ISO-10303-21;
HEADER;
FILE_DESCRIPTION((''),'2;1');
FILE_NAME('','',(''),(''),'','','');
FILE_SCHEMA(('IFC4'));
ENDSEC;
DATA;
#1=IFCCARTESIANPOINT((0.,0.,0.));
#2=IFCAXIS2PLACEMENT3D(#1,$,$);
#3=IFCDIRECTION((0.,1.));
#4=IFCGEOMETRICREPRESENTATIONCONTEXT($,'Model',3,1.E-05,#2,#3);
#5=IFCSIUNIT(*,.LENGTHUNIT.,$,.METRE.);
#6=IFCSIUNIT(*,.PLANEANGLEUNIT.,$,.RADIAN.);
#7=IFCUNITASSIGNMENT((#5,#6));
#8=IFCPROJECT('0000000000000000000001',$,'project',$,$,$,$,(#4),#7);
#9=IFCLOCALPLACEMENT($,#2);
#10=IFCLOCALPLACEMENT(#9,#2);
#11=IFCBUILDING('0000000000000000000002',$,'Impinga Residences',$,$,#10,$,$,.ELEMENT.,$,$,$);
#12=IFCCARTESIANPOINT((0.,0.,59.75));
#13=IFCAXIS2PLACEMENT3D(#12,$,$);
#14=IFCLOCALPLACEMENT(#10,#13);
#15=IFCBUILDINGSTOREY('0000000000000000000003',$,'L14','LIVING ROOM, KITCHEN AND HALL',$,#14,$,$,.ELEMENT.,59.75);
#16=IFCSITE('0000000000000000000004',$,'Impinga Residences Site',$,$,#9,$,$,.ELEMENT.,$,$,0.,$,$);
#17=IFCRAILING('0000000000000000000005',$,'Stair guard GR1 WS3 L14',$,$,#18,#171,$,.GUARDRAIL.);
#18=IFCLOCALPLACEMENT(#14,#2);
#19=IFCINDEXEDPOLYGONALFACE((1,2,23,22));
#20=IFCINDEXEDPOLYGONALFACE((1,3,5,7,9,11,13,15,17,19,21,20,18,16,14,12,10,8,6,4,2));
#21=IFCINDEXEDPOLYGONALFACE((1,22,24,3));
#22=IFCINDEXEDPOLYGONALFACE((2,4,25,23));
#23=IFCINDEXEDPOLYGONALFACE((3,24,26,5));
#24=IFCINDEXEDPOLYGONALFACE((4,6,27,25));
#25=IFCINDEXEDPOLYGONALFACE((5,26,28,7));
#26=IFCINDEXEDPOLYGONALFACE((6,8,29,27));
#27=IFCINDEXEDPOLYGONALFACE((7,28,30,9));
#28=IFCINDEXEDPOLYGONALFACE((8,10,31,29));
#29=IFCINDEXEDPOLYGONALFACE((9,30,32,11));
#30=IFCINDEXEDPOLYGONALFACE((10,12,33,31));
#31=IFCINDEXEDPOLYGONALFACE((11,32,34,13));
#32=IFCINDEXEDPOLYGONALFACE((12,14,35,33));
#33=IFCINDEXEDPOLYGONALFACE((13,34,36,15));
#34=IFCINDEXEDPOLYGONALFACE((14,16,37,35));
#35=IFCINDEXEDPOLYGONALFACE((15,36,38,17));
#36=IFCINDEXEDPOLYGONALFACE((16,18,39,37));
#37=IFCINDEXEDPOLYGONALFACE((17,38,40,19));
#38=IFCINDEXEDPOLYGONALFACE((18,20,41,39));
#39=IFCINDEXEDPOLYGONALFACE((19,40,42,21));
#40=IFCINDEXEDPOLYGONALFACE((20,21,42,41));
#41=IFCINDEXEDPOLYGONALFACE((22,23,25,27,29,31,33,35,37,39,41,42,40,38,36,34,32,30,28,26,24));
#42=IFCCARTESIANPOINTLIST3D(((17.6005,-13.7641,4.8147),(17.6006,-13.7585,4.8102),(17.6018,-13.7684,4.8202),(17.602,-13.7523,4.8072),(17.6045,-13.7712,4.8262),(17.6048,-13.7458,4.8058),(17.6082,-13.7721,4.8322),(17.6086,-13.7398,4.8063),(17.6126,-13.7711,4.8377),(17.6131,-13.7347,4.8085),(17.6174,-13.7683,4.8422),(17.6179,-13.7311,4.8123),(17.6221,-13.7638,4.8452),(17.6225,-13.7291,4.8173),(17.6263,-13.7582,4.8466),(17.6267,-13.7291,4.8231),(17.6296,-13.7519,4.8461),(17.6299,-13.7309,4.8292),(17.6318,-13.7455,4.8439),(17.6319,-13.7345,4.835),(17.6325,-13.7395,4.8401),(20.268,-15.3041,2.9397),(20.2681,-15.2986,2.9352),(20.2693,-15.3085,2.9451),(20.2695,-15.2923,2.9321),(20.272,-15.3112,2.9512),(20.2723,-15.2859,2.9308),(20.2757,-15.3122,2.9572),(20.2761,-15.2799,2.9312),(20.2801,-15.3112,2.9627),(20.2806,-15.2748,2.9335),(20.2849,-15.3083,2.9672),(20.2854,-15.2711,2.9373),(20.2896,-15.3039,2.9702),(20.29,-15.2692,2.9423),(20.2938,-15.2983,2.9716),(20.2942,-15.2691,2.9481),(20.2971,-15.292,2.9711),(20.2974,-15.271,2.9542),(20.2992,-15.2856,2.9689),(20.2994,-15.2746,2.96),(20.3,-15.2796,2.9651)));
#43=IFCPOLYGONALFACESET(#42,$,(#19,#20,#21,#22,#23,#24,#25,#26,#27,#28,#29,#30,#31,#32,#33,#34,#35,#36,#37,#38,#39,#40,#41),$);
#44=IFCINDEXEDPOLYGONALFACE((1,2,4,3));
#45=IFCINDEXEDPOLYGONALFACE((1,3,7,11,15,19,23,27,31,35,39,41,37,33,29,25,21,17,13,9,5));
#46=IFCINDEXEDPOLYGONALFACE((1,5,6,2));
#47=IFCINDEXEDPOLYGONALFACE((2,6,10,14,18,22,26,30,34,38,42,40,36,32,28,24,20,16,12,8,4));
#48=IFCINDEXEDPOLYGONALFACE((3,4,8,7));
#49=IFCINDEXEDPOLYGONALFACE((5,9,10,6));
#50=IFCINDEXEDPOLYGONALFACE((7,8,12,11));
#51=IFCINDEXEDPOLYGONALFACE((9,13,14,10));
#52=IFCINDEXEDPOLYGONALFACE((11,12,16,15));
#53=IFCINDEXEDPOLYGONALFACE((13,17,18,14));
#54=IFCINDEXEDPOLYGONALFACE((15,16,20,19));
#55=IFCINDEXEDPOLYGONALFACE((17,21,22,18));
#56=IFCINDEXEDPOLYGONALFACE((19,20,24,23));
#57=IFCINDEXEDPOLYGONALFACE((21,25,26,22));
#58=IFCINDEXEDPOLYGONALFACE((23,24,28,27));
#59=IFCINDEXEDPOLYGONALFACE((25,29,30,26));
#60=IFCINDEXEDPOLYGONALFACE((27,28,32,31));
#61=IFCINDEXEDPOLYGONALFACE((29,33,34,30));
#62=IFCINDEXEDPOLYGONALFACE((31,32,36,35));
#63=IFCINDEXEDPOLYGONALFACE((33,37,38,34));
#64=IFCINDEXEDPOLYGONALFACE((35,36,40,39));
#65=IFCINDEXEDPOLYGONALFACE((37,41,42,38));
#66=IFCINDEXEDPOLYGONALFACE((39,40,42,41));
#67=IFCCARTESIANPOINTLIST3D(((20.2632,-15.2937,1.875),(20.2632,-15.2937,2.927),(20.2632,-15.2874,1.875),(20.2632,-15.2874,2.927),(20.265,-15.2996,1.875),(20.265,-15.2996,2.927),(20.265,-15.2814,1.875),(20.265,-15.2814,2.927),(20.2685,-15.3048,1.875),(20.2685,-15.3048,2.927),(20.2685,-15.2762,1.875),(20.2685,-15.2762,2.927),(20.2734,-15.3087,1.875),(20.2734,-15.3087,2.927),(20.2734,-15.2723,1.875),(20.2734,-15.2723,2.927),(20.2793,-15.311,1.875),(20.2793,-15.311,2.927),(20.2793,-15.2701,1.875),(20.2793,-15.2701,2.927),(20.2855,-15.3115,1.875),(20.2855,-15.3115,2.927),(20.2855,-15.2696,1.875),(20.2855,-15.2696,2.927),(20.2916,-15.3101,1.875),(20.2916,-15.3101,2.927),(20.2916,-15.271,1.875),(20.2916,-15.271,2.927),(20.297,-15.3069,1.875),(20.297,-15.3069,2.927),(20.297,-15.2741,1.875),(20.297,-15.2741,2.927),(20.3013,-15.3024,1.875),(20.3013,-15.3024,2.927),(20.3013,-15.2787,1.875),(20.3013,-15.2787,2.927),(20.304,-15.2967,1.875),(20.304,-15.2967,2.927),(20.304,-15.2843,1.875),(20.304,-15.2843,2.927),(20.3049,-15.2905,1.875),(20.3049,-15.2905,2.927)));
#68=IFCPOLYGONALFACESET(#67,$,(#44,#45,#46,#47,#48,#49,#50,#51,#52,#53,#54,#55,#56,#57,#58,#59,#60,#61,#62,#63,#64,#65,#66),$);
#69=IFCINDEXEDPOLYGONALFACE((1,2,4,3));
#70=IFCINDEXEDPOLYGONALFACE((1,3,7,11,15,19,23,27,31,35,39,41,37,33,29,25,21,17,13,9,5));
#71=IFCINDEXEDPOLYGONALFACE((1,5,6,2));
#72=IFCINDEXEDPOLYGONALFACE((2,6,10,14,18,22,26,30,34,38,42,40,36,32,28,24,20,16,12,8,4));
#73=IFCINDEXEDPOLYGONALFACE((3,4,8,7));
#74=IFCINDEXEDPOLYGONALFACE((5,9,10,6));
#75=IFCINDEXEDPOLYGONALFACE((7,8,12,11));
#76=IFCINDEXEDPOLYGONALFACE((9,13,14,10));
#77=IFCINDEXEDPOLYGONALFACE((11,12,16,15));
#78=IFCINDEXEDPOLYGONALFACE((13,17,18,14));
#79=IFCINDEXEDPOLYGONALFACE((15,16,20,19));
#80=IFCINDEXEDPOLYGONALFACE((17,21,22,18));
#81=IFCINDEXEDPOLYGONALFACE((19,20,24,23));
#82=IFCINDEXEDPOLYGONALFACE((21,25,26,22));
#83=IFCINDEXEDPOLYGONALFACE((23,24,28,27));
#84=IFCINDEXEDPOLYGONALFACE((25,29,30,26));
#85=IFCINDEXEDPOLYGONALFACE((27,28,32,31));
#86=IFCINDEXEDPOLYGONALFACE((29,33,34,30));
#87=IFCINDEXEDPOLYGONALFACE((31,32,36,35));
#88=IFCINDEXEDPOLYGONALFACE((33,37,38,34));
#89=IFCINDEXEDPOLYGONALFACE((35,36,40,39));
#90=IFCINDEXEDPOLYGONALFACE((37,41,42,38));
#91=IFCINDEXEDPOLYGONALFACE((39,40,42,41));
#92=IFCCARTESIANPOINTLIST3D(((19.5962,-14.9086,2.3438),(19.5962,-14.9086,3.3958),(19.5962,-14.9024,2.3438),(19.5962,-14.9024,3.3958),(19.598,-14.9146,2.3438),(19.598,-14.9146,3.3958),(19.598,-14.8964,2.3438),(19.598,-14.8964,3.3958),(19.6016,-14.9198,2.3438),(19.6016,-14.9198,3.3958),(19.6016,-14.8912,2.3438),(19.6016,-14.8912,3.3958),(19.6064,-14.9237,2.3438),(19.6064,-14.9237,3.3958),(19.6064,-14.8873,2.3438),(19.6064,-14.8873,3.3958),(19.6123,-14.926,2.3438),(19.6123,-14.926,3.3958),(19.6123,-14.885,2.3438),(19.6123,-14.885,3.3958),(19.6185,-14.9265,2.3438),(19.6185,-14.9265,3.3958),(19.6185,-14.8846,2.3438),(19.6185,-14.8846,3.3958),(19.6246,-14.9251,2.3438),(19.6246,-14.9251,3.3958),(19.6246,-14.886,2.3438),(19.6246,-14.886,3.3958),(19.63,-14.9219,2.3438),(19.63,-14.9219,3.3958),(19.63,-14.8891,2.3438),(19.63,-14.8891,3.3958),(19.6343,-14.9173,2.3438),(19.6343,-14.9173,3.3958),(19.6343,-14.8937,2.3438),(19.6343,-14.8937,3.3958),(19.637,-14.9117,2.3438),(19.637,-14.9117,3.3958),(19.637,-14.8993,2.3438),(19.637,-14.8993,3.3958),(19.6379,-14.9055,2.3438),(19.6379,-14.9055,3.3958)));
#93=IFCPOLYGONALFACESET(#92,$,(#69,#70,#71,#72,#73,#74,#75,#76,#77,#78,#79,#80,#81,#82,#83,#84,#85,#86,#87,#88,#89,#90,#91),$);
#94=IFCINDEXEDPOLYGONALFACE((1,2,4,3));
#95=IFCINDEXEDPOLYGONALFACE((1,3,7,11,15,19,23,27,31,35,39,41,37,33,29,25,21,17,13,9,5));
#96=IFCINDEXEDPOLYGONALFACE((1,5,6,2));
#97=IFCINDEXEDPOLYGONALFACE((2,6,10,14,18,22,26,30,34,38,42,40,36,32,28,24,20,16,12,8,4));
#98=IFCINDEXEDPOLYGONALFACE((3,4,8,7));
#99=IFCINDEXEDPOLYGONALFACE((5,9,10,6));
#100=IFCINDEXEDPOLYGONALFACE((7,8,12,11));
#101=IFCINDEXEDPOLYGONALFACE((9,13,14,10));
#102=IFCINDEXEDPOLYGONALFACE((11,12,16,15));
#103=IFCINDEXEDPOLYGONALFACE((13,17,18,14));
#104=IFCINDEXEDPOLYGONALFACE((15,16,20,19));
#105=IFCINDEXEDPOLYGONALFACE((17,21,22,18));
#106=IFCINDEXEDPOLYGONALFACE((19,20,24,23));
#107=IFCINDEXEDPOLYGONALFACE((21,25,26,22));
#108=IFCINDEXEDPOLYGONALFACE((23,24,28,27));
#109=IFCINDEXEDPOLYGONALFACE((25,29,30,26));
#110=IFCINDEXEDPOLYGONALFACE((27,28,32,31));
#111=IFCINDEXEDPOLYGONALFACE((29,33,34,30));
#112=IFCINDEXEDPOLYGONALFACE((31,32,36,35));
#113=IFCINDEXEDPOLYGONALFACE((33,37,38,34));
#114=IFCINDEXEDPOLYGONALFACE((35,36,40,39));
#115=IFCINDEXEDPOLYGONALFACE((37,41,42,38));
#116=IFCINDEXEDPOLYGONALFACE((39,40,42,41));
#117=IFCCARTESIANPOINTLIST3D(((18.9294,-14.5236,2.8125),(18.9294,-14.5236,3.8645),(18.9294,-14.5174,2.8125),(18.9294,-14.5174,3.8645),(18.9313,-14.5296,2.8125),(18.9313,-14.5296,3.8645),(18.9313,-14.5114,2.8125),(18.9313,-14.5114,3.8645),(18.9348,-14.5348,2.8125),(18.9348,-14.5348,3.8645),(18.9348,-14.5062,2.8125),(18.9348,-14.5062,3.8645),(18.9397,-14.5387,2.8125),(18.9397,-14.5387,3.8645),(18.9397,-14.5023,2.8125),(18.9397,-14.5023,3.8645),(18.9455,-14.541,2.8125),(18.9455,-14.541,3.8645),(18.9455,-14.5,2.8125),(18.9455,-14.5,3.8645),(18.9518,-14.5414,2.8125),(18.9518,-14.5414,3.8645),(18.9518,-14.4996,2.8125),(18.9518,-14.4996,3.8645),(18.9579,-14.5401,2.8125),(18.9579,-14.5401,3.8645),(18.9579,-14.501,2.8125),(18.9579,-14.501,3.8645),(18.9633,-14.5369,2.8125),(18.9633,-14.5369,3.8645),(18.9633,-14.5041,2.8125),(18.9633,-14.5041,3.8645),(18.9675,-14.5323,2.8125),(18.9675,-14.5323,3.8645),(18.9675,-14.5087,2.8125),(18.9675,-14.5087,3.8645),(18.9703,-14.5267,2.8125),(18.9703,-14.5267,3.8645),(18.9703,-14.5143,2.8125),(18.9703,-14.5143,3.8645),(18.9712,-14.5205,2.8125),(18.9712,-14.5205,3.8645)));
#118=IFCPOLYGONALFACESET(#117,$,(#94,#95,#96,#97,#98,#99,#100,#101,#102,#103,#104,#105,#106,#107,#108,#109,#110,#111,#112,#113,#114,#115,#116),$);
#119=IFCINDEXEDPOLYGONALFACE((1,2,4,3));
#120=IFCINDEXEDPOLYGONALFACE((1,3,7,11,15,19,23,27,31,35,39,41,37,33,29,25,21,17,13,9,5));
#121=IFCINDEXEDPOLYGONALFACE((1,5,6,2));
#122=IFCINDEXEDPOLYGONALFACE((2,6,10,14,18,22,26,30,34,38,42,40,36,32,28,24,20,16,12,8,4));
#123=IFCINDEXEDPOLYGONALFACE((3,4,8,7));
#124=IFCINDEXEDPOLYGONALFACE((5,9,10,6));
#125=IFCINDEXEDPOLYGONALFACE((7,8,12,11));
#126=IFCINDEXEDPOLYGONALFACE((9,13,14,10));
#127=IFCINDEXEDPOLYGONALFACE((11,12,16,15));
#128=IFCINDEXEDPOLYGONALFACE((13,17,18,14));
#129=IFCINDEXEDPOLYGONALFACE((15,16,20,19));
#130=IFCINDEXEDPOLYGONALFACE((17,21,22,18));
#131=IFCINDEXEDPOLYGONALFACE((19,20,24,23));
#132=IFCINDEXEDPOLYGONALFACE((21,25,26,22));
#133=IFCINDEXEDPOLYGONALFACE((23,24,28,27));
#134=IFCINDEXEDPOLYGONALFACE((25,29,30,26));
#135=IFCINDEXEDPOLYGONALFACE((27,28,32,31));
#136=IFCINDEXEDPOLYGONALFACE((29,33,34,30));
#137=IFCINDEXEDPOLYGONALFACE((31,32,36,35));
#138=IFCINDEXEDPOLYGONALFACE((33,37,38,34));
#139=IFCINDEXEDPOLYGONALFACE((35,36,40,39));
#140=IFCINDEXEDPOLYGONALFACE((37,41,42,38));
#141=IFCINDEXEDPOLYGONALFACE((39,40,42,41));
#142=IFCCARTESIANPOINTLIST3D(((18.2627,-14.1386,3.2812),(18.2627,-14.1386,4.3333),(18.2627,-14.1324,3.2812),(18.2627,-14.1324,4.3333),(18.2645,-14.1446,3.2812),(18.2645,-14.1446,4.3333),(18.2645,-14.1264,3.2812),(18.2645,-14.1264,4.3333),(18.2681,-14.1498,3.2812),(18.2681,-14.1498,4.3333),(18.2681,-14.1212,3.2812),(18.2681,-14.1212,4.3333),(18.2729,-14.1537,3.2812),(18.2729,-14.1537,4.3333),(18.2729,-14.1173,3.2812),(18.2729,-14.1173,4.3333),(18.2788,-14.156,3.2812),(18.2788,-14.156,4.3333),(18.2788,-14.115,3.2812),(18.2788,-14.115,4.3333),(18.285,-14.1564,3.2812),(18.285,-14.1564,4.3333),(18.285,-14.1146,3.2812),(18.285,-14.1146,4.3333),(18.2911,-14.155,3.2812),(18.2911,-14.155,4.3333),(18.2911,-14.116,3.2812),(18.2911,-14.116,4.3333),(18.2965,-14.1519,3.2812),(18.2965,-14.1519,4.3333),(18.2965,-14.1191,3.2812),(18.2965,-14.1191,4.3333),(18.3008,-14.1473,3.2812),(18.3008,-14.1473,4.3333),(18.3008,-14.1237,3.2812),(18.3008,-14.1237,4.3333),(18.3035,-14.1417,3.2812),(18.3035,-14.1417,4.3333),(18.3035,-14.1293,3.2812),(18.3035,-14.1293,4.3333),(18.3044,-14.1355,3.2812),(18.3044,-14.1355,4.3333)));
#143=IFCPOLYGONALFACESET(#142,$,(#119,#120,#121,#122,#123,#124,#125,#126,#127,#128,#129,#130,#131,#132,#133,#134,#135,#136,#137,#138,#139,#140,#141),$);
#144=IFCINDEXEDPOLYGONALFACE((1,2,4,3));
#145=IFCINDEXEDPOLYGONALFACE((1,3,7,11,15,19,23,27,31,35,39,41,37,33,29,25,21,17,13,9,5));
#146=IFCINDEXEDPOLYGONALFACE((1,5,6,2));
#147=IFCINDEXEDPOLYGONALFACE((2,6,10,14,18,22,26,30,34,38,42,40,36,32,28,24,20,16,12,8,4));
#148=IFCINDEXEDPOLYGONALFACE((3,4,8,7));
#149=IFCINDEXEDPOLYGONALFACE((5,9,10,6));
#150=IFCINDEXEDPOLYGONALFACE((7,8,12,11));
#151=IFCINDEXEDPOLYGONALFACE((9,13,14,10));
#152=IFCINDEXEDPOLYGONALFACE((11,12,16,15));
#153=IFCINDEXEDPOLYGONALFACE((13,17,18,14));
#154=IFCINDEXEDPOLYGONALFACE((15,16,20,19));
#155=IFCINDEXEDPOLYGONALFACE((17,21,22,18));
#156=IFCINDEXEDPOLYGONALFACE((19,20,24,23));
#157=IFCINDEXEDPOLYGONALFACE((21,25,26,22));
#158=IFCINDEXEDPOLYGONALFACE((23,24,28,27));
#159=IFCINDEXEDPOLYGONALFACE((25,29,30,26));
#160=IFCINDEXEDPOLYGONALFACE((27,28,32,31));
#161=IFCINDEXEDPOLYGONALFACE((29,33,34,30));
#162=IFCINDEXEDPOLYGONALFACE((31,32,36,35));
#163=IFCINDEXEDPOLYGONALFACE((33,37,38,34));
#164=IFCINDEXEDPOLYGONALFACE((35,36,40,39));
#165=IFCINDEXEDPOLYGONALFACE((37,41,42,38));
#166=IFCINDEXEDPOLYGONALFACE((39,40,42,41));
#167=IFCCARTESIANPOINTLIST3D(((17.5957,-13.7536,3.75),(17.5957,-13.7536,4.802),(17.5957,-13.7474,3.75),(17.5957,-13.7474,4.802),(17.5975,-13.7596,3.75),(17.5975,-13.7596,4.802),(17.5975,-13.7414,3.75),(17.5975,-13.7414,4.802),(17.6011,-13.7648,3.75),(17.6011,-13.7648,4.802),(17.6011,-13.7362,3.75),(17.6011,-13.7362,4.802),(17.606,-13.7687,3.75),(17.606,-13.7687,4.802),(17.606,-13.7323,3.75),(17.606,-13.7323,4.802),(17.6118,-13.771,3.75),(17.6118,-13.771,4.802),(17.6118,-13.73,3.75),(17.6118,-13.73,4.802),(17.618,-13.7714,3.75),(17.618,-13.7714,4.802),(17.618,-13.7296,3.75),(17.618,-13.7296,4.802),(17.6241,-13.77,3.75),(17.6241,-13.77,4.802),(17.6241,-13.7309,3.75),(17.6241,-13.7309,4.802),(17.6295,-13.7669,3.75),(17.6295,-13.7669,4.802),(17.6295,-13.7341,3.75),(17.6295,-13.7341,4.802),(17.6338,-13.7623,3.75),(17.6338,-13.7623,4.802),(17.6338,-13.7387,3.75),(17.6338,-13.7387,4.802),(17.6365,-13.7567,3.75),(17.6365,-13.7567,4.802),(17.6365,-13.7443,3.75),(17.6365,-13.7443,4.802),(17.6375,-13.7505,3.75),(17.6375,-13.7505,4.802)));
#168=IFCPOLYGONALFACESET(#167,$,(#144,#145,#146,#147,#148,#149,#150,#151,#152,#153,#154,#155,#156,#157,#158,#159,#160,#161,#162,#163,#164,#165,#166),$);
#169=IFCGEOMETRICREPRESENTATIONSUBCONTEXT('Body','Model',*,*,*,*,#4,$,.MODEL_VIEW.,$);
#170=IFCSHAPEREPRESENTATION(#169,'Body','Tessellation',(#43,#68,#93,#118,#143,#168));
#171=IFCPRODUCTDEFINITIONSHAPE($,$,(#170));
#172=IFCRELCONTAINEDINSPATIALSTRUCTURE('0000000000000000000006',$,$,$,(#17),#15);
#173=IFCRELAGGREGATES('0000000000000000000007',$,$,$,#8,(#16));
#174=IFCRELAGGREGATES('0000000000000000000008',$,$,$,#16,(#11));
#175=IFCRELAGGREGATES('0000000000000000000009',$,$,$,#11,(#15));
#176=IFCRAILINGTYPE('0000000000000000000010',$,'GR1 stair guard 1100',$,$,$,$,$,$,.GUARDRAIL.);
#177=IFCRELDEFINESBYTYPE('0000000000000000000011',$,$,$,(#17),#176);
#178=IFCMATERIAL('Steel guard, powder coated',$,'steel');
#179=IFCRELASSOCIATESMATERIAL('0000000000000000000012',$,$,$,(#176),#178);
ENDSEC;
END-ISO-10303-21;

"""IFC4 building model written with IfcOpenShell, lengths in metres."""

from ifc_helpers import new_model, si_unit, direction, frame, origin, origin_2d, place, context, subcontext, project, spatial, circle, extrude, material, type_object, element, save


model = new_model("IFC4")

# Units and contexts
model_context = context("Model", 3, precision=1e-05, world=origin(), true_north=direction((0.0, 1.0)))
body_context = subcontext(model_context, "Body", "Model", "MODEL_VIEW")
ifc_project = project(units=[si_unit("LENGTHUNIT", "METRE"), si_unit("PLANEANGLEUNIT", "RADIAN")], contexts=[model_context])

# Site, building, storey
site_placement = place(None, origin())
site = spatial("IfcSite", under=ifc_project, at=site_placement, Name="Impinga Residences Site", CompositionType="ELEMENT", RefElevation=0.0)
building_placement = place(site_placement, origin())
building = spatial("IfcBuilding", under=site, at=building_placement, Name="Impinga Residences", CompositionType="ELEMENT")
storey_placement = place(building_placement, frame((0.0, 0.0, 59.75)))
storey = spatial("IfcBuildingStorey", under=building, at=storey_placement, Name="L14", Description="LIVING ROOM, KITCHEN AND HALL", CompositionType="ELEMENT", Elevation=59.75)

# Railing
ifc_material_1 = material(Name="Steel guard, powder coated", Category="steel")
railing_type_1 = type_object("IfcRailingType", Name="GR1 stair guard 1100", PredefinedType="GUARDRAIL", material=ifc_material_1)
railing_1_placement = place(storey_placement, frame((20.2839, -15.2905, 1.875)))
element("IfcRailing", 1, at=railing_1_placement, inside=storey, type_object=railing_type_1, Name="Stair guard GR1 WS3 L14", PredefinedType="GUARDRAIL", context=body_context, shape_type="SweptSolid", body=[
    extrude(circle(Radius=0.0239, at=origin_2d()), frame((0.0, 0.0, 1.0762), z_axis=(-0.739746, 0.427084, 0.519975), x_axis=(-0.499992, -0.86603, 0.0)), (0.0, 0.0, 1.0), 3.606),
    extrude(circle(Radius=0.021, at=origin_2d()), origin(), (0.0, 0.0, 1.0), 1.052),
    extrude(circle(Radius=0.021, at=origin_2d()), frame((-0.667, 0.385, 0.4688)), (0.0, 0.0, 1.0), 1.052),
    extrude(circle(Radius=0.021, at=origin_2d()), frame((-1.3337, 0.77, 0.9375)), (0.0, 0.0, 1.0), 1.052),
    extrude(circle(Radius=0.021, at=origin_2d()), frame((-2.0005, 1.155, 1.4062)), (0.0, 0.0, 1.0), 1.052),
    extrude(circle(Radius=0.021, at=origin_2d()), frame((-2.6675, 1.54, 1.875)), (0.0, 0.0, 1.0), 1.052),
])

save(model, "model.ifc")
